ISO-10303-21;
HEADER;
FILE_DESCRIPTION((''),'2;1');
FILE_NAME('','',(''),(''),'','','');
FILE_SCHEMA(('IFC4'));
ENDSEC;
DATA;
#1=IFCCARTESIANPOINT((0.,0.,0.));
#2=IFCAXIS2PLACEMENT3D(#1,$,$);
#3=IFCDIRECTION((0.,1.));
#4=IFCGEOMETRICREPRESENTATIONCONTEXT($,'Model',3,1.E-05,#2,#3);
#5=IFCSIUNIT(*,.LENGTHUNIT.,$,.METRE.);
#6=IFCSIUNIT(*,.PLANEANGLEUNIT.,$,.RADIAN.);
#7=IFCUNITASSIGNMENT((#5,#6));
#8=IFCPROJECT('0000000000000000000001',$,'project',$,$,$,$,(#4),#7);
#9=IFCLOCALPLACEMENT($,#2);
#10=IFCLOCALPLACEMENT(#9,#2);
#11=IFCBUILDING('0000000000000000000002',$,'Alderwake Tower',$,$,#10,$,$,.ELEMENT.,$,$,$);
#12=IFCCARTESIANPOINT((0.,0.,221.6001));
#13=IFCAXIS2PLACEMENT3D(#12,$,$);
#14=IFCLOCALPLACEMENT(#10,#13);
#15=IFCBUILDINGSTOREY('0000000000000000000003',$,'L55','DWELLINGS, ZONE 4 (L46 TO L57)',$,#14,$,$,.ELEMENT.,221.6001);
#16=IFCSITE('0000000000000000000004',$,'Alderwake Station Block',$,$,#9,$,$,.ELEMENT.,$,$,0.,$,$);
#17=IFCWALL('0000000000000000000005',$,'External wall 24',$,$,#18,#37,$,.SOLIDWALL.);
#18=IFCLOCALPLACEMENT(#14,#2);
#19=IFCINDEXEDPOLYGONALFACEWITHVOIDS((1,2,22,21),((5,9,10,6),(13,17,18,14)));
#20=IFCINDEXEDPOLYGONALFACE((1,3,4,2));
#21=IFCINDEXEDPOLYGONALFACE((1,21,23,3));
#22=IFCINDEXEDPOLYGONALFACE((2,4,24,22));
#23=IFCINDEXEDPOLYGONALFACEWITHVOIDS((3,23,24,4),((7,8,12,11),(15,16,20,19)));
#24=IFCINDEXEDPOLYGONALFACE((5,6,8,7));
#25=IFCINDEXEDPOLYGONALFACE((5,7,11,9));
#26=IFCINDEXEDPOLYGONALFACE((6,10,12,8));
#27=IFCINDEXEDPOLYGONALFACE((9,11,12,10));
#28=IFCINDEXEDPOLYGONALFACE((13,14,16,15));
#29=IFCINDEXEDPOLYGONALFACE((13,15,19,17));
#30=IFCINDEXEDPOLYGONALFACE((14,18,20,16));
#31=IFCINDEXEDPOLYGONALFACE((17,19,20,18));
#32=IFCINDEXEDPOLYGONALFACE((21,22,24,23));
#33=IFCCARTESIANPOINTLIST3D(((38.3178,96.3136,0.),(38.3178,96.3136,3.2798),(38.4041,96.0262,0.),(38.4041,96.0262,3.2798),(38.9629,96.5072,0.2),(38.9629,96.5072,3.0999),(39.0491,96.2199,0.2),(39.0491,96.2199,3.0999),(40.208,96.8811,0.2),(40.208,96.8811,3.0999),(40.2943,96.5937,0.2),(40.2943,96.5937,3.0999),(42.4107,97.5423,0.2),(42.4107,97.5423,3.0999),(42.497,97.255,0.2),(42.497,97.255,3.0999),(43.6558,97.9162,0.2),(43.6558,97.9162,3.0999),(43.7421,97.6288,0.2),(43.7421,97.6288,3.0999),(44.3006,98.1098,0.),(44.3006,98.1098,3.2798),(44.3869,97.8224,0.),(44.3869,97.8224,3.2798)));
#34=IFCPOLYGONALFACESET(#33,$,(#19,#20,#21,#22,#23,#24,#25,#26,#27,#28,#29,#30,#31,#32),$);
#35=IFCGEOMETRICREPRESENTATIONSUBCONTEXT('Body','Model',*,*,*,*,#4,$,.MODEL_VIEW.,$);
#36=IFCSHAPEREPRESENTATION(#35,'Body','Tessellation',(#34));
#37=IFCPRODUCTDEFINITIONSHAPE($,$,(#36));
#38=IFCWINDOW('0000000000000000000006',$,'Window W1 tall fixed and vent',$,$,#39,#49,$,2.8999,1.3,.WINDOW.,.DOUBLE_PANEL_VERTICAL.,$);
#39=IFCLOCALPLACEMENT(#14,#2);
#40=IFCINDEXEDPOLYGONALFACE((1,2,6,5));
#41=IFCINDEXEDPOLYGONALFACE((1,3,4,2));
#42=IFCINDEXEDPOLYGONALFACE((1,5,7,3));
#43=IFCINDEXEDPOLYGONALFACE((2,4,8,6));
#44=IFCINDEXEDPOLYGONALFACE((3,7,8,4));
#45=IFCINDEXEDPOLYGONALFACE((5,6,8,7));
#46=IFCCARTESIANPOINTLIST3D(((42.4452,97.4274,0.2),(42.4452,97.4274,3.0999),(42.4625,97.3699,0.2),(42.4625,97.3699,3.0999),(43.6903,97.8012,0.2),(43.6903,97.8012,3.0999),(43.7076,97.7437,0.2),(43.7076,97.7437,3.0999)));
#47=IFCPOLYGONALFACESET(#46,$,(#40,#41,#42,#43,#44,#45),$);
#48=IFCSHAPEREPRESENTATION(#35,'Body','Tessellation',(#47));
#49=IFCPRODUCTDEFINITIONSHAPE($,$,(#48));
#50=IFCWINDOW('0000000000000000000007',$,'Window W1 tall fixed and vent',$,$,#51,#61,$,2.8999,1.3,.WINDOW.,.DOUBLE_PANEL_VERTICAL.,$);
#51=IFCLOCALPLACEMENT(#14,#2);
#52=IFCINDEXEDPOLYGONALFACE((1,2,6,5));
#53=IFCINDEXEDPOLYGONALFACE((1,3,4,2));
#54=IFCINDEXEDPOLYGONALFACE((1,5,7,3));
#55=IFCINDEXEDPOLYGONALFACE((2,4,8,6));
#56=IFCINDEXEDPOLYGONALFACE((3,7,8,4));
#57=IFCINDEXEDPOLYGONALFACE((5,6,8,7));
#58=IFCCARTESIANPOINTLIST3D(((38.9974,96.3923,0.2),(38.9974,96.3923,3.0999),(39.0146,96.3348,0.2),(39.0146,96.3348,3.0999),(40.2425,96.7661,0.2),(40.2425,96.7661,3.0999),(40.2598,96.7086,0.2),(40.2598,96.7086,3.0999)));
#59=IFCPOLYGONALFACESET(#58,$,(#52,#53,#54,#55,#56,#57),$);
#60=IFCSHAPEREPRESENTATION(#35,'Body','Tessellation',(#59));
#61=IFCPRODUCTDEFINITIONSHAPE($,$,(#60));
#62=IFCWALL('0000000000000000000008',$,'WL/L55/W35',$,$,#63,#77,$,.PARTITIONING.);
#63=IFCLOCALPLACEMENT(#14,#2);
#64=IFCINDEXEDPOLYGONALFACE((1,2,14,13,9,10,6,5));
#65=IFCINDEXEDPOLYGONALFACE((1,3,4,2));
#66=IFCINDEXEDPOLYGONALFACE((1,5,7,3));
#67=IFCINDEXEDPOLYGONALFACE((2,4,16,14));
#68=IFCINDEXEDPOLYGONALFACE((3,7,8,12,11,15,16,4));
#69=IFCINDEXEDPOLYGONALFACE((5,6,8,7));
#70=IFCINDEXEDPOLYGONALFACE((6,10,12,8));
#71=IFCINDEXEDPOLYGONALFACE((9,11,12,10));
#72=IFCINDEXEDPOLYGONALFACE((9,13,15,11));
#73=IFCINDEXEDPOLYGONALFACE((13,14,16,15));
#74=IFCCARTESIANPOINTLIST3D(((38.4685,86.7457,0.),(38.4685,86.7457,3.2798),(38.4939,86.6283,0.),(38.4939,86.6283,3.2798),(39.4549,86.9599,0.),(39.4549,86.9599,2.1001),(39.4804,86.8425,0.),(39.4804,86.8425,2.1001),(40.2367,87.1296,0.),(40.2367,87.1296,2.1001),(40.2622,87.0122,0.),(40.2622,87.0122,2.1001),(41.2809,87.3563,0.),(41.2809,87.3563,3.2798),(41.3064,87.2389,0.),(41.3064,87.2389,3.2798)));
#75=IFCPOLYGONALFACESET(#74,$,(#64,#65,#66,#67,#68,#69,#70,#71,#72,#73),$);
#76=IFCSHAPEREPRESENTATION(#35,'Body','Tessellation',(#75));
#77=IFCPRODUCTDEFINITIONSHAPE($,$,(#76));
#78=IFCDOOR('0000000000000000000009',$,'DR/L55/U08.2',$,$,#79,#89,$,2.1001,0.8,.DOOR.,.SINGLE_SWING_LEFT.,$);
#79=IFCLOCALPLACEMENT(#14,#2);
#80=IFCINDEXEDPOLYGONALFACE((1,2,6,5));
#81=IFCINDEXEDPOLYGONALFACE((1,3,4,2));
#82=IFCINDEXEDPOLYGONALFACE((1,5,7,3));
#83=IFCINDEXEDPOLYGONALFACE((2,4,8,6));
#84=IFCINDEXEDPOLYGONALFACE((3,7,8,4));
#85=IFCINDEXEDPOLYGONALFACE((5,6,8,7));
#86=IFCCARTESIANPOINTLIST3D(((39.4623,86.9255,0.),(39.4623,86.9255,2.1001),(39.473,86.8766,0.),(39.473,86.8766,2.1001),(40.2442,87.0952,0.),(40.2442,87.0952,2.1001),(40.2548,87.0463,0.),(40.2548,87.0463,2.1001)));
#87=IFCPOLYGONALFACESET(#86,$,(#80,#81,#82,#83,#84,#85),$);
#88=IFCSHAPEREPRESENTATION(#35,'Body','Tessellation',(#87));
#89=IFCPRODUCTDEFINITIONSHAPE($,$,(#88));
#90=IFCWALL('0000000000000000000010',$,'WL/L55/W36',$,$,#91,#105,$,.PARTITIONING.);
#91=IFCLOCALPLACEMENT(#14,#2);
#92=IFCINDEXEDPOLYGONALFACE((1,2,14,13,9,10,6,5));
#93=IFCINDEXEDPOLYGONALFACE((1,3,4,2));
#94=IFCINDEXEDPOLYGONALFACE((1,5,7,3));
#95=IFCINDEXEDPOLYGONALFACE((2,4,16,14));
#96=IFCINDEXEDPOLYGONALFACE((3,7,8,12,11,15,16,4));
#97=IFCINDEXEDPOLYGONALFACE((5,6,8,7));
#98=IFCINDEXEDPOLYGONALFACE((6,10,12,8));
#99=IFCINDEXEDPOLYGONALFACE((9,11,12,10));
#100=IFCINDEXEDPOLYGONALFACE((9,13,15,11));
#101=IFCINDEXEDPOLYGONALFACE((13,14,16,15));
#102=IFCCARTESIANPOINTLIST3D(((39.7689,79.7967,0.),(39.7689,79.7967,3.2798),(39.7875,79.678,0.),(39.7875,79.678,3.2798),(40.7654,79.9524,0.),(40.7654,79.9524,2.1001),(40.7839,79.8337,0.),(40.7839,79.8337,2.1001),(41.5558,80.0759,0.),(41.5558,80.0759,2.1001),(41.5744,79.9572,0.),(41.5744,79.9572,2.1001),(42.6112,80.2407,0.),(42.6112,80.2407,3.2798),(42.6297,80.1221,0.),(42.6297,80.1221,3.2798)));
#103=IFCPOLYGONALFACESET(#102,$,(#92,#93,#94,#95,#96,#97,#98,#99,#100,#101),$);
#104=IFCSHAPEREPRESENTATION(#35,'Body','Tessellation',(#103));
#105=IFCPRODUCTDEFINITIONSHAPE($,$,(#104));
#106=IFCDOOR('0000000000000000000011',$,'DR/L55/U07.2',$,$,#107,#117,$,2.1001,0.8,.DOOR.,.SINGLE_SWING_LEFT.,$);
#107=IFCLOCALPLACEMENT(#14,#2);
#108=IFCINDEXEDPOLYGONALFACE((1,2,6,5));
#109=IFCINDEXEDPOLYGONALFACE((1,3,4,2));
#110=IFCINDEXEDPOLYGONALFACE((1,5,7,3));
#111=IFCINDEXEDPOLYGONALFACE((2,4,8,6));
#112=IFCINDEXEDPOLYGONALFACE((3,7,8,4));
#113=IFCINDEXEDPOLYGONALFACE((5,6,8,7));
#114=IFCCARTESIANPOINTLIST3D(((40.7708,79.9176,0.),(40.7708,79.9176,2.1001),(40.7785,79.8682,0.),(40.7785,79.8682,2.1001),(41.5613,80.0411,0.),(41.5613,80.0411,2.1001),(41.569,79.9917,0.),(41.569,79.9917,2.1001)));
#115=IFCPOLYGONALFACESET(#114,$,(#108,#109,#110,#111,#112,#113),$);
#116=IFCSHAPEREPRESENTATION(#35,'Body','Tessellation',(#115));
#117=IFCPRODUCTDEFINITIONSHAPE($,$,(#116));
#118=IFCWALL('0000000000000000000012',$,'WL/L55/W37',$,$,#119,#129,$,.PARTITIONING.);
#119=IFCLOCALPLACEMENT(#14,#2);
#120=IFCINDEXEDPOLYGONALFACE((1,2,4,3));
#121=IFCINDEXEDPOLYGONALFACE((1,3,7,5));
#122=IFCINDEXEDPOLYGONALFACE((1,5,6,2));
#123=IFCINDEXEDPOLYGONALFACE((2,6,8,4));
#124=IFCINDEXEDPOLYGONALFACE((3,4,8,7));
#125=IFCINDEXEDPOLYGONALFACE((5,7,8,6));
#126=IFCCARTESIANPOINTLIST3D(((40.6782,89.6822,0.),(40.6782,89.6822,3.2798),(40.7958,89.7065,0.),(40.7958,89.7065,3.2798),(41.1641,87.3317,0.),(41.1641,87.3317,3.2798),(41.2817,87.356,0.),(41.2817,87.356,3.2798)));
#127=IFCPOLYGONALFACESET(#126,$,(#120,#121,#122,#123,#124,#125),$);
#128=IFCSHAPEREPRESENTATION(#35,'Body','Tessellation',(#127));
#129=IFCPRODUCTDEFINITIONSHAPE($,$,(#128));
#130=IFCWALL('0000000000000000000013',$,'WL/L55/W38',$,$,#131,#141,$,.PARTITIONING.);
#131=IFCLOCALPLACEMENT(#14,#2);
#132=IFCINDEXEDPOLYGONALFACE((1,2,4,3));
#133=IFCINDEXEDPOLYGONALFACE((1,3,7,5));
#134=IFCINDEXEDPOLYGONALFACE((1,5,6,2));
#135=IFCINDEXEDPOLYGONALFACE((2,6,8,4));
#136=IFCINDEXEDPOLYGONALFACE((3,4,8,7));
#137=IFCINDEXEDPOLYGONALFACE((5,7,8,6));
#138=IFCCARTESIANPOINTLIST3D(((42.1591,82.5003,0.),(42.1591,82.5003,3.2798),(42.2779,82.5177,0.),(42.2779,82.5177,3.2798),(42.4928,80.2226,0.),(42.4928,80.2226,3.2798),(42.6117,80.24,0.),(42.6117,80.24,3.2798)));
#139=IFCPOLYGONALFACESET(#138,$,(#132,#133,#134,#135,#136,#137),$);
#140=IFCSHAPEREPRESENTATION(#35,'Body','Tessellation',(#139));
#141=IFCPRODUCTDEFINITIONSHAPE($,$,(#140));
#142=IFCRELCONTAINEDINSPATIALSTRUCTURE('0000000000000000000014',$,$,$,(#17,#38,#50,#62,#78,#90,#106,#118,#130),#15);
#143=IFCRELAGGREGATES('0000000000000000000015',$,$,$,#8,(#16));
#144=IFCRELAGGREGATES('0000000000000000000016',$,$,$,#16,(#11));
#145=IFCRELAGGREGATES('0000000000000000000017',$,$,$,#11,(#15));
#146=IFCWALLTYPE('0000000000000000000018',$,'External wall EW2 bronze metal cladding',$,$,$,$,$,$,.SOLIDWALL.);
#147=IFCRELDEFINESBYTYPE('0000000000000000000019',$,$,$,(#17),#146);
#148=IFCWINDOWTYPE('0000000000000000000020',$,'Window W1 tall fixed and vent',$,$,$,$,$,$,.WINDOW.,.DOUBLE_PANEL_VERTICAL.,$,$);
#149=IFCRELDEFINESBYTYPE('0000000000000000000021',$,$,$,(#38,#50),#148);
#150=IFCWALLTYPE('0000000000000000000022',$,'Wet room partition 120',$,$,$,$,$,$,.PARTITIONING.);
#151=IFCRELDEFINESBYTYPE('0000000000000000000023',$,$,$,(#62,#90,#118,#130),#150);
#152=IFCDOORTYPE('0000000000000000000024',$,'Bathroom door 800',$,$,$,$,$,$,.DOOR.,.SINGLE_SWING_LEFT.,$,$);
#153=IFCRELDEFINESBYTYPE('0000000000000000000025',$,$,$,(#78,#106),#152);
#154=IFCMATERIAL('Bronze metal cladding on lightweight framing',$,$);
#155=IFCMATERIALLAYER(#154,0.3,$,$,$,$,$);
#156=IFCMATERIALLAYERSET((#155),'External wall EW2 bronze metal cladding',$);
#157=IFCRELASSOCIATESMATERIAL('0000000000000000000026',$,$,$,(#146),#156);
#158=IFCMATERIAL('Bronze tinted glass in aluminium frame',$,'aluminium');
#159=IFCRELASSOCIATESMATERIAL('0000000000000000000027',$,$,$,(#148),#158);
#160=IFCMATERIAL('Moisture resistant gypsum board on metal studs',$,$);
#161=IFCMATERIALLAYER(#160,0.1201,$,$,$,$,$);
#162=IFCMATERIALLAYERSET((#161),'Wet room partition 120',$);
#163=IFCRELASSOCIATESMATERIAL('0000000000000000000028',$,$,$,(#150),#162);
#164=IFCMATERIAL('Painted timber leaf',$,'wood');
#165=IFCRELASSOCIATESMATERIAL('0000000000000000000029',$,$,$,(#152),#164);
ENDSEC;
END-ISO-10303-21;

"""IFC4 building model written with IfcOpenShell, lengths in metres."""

from ifc_helpers import new_model, si_unit, direction, frame, frame_2d, origin, place, context, subcontext, project, spatial, rectangle, extrude, material, layer, layer_set, type_object, element, fill, save


model = new_model("IFC4")

# Units and contexts
model_context = context("Model", 3, precision=1e-05, world=origin(), true_north=direction((0.0, 1.0)))
body_context = subcontext(model_context, "Body", "Model", "MODEL_VIEW")
ifc_project = project(units=[si_unit("LENGTHUNIT", "METRE"), si_unit("PLANEANGLEUNIT", "RADIAN")], contexts=[model_context])

# Site, building, storey
site_placement = place(None, origin())
site = spatial("IfcSite", under=ifc_project, at=site_placement, Name="Alderwake Station Block", CompositionType="ELEMENT", RefElevation=0.0)
building_placement = place(site_placement, origin())
building = spatial("IfcBuilding", under=site, at=building_placement, Name="Alderwake Tower", CompositionType="ELEMENT")
storey_placement = place(building_placement, frame((0.0, 0.0, 221.6001)))
storey = spatial("IfcBuildingStorey", under=building, at=storey_placement, Name="L55", Description="DWELLINGS, ZONE 4 (L46 TO L57)", CompositionType="ELEMENT", Elevation=221.6001)

# Wall, openings, windows
ifc_material_1 = material(Name="Bronze metal cladding on lightweight framing")
ifc_layer_1 = layer(ifc_material_1, 0.3)
ifc_layer_set_1 = layer_set([ifc_layer_1], Name="External wall EW2 bronze metal cladding")
wall_type_1 = type_object("IfcWallType", Name="External wall EW2 bronze metal cladding", PredefinedType="SOLIDWALL", material=ifc_layer_set_1)
wall_1_placement = place(storey_placement, frame((44.3438, 97.9661, 0.0), z_axis=(0.0, 0.0, 1.0), x_axis=(-0.957767, -0.287545, 0.0)))
wall_1 = element("IfcWall", 1, at=wall_1_placement, inside=storey, type_object=wall_type_1, Name="External wall 24", PredefinedType="SOLIDWALL", context=body_context, shape_type="SweptSolid", body=[
    extrude(rectangle(XDim=6.2466, YDim=0.3, at=frame_2d((3.1233, 0.0))), origin(), (0.0, 0.0, 1.0), 3.2798),
])
opening_1_placement = place(wall_1_placement, frame((0.6733, 0.0, 0.2)))
opening_1 = element("IfcOpeningElement", 2, at=opening_1_placement, cuts=wall_1, PredefinedType="OPENING", context=body_context, shape_type="SweptSolid", body=[
    extrude(rectangle(XDim=1.3, YDim=2.8999, at=frame_2d((0.6499, 1.45))), frame((0.0, 0.1599, 0.0), z_axis=(0.0, -1.0, 0.0), x_axis=(1.0, 0.0, 0.0)), (0.0, 0.0, 1.0), 0.3201),
])
opening_2_placement = place(wall_1_placement, frame((4.2732, 0.0, 0.2)))
opening_2 = element("IfcOpeningElement", 3, at=opening_2_placement, cuts=wall_1, PredefinedType="OPENING", context=body_context, shape_type="SweptSolid", body=[
    extrude(rectangle(XDim=1.3, YDim=2.8999, at=frame_2d((0.6499, 1.45))), frame((0.0, 0.1599, 0.0), z_axis=(0.0, -1.0, 0.0), x_axis=(1.0, 0.0, 0.0)), (0.0, 0.0, 1.0), 0.3201),
])
ifc_material_2 = material(Name="Bronze tinted glass in aluminium frame", Category="aluminium")
window_type = type_object("IfcWindowType", Name="Window W1 tall fixed and vent", PartitioningType="DOUBLE_PANEL_VERTICAL", PredefinedType="WINDOW", material=ifc_material_2)
window_1_placement = place(opening_1_placement, origin())
window_1 = element("IfcWindow", 4, at=window_1_placement, inside=storey, type_object=window_type, Name="Window W1 tall fixed and vent", OverallHeight=2.8999, OverallWidth=1.3, PartitioningType="DOUBLE_PANEL_VERTICAL", PredefinedType="WINDOW", context=body_context, shape_type="SweptSolid", body=[
    extrude(rectangle(XDim=1.3, YDim=2.8999, at=frame_2d((0.6499, 1.45))), frame((0.0, 0.03, 0.0), z_axis=(0.0, -1.0, 0.0), x_axis=(1.0, 0.0, 0.0)), (0.0, 0.0, 1.0), 0.0601),
])
fill(opening_1, window_1)
window_2_placement = place(opening_2_placement, origin())
window_2 = element("IfcWindow", 5, at=window_2_placement, inside=storey, type_object=window_type, Name="Window W1 tall fixed and vent", OverallHeight=2.8999, OverallWidth=1.3, PartitioningType="DOUBLE_PANEL_VERTICAL", PredefinedType="WINDOW", context=body_context, shape_type="SweptSolid", body=[
    extrude(rectangle(XDim=1.3, YDim=2.8999, at=frame_2d((0.6499, 1.45))), frame((0.0, 0.03, 0.0), z_axis=(0.0, -1.0, 0.0), x_axis=(1.0, 0.0, 0.0)), (0.0, 0.0, 1.0), 0.0601),
])
fill(opening_2, window_2)

# Walls, openings, doors
ifc_material_3 = material(Name="Moisture resistant gypsum board on metal studs")
ifc_layer_2 = layer(ifc_material_3, 0.1201)
ifc_layer_set_2 = layer_set([ifc_layer_2], Name="Wet room partition 120")
wall_type_2 = type_object("IfcWallType", Name="Wet room partition 120", PredefinedType="PARTITIONING", material=ifc_layer_set_2)
wall_2_placement = place(storey_placement, frame((38.4812, 86.687, 0.0), z_axis=(0.0, 0.0, 1.0), x_axis=(0.977235, 0.212158, 0.0)))
wall_2 = element("IfcWall", 6, at=wall_2_placement, inside=storey, type_object=wall_type_2, Name="WL/L55/W35", PredefinedType="PARTITIONING", context=body_context, shape_type="SweptSolid", body=[
    extrude(rectangle(XDim=2.8779, YDim=0.1201, at=frame_2d((1.439, 0.0))), origin(), (0.0, 0.0, 1.0), 3.2798),
])
opening_3_placement = place(wall_2_placement, frame((1.0095, 0.0, 0.0)))
opening_3 = element("IfcOpeningElement", 7, at=opening_3_placement, cuts=wall_2, PredefinedType="OPENING", context=body_context, shape_type="SweptSolid", body=[
    extrude(rectangle(XDim=0.8, YDim=2.1001, at=frame_2d((0.3999, 1.05))), frame((0.0, 0.0701, 0.0), z_axis=(0.0, -1.0, 0.0), x_axis=(1.0, 0.0, 0.0)), (0.0, 0.0, 1.0), 0.1401),
])
ifc_material_4 = material(Name="Painted timber leaf", Category="wood")
door_type_1 = type_object("IfcDoorType", Name="Bathroom door 800", OperationType="SINGLE_SWING_LEFT", PredefinedType="DOOR", material=ifc_material_4)
door_1_placement = place(opening_3_placement, origin())
door_1 = element("IfcDoor", 8, at=door_1_placement, inside=storey, type_object=door_type_1, Name="DR/L55/U08.2", OperationType="SINGLE_SWING_LEFT", OverallHeight=2.1001, OverallWidth=0.8, PredefinedType="DOOR", context=body_context, shape_type="SweptSolid", body=[
    extrude(rectangle(XDim=0.8, YDim=2.1001, at=frame_2d((0.3999, 1.05))), frame((0.0, 0.0249, 0.0), z_axis=(0.0, -1.0, 0.0), x_axis=(1.0, 0.0, 0.0)), (0.0, 0.0, 1.0), 0.05),
])
fill(opening_3, door_1)
wall_3_placement = place(storey_placement, frame((39.7781, 79.7373, 0.0), z_axis=(0.0, 0.0, 1.0), x_axis=(0.988013, 0.154372, 0.0)))
wall_3 = element("IfcWall", 9, at=wall_3_placement, inside=storey, type_object=wall_type_2, Name="WL/L55/W36", PredefinedType="PARTITIONING", context=body_context, shape_type="SweptSolid", body=[
    extrude(rectangle(XDim=2.8767, YDim=0.1201, at=frame_2d((1.4385, 0.0))), origin(), (0.0, 0.0, 1.0), 3.2798),
])
opening_4_placement = place(wall_3_placement, frame((1.0088, 0.0, 0.0)))
opening_4 = element("IfcOpeningElement", 10, at=opening_4_placement, cuts=wall_3, PredefinedType="OPENING", context=body_context, shape_type="SweptSolid", body=[
    extrude(rectangle(XDim=0.8, YDim=2.1001, at=frame_2d((0.3999, 1.05))), frame((0.0, 0.0701, 0.0), z_axis=(0.0, -1.0, 0.0), x_axis=(1.0, 0.0, 0.0)), (0.0, 0.0, 1.0), 0.1401),
])
door_2_placement = place(opening_4_placement, origin())
door_2 = element("IfcDoor", 11, at=door_2_placement, inside=storey, type_object=door_type_1, Name="DR/L55/U07.2", OperationType="SINGLE_SWING_LEFT", OverallHeight=2.1001, OverallWidth=0.8, PredefinedType="DOOR", context=body_context, shape_type="SweptSolid", body=[
    extrude(rectangle(XDim=0.8, YDim=2.1001, at=frame_2d((0.3999, 1.05))), frame((0.0, 0.0249, 0.0), z_axis=(0.0, -1.0, 0.0), x_axis=(1.0, 0.0, 0.0)), (0.0, 0.0, 1.0), 0.05),
])
fill(opening_4, door_2)

# Walls
wall_4_placement = place(storey_placement, frame((41.2229, 87.3438, 0.0), z_axis=(0.0, 0.0, 1.0), x_axis=(-0.202431, 0.979297, 0.0)))
element("IfcWall", 12, at=wall_4_placement, inside=storey, type_object=wall_type_2, Name="WL/L55/W37", PredefinedType="PARTITIONING", context=body_context, shape_type="SweptSolid", body=[
    extrude(rectangle(XDim=2.4001, YDim=0.1201, at=frame_2d((1.2002, 0.0))), origin(), (0.0, 0.0, 1.0), 3.2798),
])
wall_5_placement = place(storey_placement, frame((42.5522, 80.2314, 0.0), z_axis=(0.0, 0.0, 1.0), x_axis=(-0.144984, 0.989434, 0.0)))
element("IfcWall", 13, at=wall_5_placement, inside=storey, type_object=wall_type_2, Name="WL/L55/W38", PredefinedType="PARTITIONING", context=body_context, shape_type="SweptSolid", body=[
    extrude(rectangle(XDim=2.302, YDim=0.1201, at=frame_2d((1.1509, 0.0))), origin(), (0.0, 0.0, 1.0), 3.2798),
])

save(model, "model.ifc")
